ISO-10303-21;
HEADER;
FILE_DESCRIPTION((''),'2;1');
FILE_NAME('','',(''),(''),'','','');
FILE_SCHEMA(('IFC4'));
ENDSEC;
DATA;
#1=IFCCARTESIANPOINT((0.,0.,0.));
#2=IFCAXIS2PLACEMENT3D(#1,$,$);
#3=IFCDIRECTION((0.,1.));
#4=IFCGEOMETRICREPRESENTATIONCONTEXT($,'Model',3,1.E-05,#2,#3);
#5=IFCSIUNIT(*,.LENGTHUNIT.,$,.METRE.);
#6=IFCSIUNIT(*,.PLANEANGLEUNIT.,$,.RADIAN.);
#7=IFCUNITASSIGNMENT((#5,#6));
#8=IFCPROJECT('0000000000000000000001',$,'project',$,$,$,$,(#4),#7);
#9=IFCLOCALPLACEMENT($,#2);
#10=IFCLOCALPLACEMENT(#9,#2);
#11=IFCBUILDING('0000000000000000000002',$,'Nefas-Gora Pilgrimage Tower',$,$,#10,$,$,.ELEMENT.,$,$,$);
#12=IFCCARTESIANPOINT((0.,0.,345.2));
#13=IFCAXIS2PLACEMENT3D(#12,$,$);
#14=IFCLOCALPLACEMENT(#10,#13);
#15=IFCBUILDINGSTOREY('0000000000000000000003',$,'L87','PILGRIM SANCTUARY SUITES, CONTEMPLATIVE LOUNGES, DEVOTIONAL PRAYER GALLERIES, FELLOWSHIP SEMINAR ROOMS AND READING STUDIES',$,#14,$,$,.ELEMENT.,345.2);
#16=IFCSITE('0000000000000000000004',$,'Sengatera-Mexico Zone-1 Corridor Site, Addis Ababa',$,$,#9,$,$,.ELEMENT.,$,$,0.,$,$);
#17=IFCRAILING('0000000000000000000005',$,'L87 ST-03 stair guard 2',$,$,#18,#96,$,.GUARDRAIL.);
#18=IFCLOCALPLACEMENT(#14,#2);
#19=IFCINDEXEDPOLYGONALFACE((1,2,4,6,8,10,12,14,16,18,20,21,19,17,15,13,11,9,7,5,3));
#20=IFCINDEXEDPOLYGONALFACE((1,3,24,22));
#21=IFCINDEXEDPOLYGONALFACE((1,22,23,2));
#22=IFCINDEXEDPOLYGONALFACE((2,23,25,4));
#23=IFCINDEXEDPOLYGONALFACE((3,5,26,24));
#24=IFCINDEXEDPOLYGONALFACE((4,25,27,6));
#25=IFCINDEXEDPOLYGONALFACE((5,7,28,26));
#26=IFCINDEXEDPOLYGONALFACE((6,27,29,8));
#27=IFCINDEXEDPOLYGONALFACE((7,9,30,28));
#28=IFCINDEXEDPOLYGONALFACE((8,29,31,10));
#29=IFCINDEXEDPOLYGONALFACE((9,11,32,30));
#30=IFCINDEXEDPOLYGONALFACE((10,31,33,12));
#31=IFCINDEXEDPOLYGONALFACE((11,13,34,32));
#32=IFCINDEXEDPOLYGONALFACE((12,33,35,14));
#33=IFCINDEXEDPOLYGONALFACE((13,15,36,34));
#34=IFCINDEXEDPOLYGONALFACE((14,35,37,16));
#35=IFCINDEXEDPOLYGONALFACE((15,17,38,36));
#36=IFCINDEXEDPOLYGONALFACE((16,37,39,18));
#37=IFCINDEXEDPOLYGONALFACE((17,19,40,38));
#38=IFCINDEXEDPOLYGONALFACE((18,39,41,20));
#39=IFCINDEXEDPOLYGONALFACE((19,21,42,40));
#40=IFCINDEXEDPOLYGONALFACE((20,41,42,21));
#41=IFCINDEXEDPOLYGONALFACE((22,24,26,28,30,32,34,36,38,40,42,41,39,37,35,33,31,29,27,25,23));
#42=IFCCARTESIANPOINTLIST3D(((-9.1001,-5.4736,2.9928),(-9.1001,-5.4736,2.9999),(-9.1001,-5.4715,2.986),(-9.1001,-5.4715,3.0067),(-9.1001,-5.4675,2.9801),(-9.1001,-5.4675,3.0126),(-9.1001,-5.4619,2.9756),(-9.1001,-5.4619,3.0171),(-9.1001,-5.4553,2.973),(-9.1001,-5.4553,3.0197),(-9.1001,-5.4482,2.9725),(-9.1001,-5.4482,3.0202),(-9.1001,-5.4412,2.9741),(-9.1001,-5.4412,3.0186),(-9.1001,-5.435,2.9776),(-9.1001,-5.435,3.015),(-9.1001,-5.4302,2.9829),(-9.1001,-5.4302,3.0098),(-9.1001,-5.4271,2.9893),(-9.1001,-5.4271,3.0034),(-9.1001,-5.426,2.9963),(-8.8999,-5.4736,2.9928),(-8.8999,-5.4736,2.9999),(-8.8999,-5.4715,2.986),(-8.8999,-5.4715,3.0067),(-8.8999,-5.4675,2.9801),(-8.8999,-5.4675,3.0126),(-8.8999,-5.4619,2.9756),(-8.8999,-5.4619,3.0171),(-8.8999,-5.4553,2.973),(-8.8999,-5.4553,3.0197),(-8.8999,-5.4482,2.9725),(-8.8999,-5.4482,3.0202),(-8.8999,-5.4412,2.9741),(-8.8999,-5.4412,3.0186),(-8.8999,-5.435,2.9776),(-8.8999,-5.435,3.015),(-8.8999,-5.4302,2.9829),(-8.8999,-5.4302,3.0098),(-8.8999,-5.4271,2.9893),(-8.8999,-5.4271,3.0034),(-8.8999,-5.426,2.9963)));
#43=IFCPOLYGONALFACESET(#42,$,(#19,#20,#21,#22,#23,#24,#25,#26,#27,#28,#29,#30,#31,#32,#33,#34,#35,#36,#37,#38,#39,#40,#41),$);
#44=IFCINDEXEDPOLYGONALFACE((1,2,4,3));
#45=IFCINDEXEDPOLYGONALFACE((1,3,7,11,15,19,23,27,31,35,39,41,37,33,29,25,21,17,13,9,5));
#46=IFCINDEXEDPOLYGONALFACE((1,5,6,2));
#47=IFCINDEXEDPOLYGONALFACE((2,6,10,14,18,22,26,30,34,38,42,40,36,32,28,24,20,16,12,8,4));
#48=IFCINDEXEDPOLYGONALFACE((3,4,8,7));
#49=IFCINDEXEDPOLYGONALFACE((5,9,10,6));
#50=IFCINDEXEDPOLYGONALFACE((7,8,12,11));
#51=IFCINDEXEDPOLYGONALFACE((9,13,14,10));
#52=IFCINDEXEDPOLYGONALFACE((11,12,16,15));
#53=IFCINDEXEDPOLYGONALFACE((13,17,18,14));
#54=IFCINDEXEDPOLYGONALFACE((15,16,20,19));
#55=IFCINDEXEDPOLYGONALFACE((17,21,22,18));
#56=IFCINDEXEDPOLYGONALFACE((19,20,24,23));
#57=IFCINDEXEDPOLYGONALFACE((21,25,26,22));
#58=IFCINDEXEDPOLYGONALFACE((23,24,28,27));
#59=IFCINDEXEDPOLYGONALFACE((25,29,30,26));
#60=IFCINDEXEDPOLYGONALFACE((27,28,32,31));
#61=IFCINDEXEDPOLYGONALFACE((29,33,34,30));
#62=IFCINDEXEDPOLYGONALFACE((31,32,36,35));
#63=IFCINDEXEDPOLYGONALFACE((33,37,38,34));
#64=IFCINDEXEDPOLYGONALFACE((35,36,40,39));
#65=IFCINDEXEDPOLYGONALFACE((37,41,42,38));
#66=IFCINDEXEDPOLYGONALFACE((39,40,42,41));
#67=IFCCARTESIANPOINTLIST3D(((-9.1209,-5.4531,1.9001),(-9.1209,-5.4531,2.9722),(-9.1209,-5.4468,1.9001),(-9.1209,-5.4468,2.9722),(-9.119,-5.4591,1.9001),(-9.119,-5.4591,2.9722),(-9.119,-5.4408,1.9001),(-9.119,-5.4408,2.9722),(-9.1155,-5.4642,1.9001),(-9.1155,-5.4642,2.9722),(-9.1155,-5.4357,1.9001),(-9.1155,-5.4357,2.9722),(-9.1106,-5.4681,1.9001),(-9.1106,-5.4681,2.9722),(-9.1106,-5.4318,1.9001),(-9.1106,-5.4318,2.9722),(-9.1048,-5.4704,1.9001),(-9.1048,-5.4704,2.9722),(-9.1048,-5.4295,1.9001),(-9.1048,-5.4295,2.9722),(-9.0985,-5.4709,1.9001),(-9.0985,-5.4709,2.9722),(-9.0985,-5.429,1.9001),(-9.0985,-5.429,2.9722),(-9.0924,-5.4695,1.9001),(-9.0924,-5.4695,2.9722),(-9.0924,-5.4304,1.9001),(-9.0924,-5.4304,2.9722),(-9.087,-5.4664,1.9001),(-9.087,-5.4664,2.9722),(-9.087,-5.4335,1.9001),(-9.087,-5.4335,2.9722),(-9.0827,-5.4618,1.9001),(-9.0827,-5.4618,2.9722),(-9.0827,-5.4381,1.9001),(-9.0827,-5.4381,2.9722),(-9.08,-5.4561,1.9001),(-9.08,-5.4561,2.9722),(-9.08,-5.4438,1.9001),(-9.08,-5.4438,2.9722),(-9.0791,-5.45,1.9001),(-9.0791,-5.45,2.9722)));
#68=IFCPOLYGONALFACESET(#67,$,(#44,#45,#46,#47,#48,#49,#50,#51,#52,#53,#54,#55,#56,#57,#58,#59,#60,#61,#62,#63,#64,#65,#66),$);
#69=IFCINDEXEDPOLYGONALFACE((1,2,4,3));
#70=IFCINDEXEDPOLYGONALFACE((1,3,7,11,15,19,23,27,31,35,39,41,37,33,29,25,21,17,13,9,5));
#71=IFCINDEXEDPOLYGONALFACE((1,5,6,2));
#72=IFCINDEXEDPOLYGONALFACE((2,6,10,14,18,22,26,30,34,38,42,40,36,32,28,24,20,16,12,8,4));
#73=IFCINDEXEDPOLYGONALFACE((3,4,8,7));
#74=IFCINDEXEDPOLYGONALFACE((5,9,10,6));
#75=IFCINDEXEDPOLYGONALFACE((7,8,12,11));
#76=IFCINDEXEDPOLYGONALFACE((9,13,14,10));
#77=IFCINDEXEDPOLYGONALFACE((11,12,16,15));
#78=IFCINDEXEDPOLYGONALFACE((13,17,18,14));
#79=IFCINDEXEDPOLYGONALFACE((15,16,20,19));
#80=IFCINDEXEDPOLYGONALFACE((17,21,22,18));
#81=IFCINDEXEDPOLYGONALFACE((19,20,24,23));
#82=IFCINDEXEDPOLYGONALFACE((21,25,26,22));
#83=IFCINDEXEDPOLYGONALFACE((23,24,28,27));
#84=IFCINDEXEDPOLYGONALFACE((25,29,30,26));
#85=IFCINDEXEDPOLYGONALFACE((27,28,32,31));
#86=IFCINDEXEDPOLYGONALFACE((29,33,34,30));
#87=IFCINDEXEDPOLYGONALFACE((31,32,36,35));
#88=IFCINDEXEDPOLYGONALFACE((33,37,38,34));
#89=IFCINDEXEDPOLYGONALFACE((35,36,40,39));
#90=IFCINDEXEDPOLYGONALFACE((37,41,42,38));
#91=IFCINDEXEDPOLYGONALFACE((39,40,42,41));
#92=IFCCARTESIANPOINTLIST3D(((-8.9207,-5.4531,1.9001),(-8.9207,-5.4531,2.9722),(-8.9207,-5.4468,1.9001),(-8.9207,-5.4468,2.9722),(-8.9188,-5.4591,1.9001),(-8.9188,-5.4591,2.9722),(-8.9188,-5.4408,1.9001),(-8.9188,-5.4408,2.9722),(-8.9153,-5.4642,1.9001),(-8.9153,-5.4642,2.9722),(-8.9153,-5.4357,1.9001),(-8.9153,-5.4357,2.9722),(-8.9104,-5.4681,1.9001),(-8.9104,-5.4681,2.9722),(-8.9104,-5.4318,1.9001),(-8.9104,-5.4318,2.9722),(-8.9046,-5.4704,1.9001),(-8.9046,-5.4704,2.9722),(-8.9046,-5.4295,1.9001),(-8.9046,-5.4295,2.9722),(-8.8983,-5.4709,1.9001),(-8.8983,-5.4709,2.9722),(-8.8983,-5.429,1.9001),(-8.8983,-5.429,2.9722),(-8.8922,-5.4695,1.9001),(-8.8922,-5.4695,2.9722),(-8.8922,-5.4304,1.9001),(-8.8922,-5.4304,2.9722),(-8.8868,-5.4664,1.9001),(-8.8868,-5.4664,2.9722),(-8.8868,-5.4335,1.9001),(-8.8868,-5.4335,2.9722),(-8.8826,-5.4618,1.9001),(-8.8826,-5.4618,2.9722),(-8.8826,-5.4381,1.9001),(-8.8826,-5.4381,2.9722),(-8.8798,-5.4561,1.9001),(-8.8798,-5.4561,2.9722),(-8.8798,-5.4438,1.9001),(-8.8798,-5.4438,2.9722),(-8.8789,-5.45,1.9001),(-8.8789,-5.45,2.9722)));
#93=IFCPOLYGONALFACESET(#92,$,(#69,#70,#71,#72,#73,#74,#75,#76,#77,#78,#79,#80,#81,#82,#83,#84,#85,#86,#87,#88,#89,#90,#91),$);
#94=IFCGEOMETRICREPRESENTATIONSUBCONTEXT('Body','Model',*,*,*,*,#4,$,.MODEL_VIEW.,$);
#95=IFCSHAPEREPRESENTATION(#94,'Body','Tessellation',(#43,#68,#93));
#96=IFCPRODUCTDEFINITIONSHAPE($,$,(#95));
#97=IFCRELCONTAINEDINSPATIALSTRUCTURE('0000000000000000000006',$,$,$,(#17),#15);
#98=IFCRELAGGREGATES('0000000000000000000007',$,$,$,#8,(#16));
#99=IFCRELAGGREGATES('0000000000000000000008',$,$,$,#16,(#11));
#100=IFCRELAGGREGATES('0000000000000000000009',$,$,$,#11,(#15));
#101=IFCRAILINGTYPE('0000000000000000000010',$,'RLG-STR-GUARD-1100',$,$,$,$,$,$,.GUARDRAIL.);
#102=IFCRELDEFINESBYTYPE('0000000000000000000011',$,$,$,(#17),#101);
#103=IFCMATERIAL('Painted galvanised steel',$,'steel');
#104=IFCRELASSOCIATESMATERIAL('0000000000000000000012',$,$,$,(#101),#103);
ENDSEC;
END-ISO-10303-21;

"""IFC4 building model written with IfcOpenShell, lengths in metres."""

from ifc_helpers import new_model, si_unit, direction, frame, origin, origin_2d, place, context, subcontext, project, spatial, circle, extrude, material, type_object, element, save


model = new_model("IFC4")

# Units and contexts
model_context = context("Model", 3, precision=1e-05, world=origin(), true_north=direction((0.0, 1.0)))
body_context = subcontext(model_context, "Body", "Model", "MODEL_VIEW")
ifc_project = project(units=[si_unit("LENGTHUNIT", "METRE"), si_unit("PLANEANGLEUNIT", "RADIAN")], contexts=[model_context])

# Site, building, storey
site_placement = place(None, origin())
site = spatial("IfcSite", under=ifc_project, at=site_placement, Name="Sengatera-Mexico Zone-1 Corridor Site, Addis Ababa", CompositionType="ELEMENT", RefElevation=0.0)
building_placement = place(site_placement, origin())
building = spatial("IfcBuilding", under=site, at=building_placement, Name="Nefas-Gora Pilgrimage Tower", CompositionType="ELEMENT")
storey_placement = place(building_placement, frame((0.0, 0.0, 345.2)))
storey = spatial("IfcBuildingStorey", under=building, at=storey_placement, Name="L87", Description="PILGRIM SANCTUARY SUITES, CONTEMPLATIVE LOUNGES, DEVOTIONAL PRAYER GALLERIES, FELLOWSHIP SEMINAR ROOMS AND READING STUDIES", CompositionType="ELEMENT", Elevation=345.2)

# Railing
ifc_material_1 = material(Name="Painted galvanised steel", Category="steel")
railing_type_1 = type_object("IfcRailingType", Name="RLG-STR-GUARD-1100", PredefinedType="GUARDRAIL", material=ifc_material_1)
railing_1_placement = place(storey_placement, frame((-9.1001, -5.45, 1.9001)))
element("IfcRailing", 1, at=railing_1_placement, inside=storey, type_object=railing_type_1, Name="L87 ST-03 stair guard 2", PredefinedType="GUARDRAIL", context=body_context, shape_type="SweptSolid", body=[
    extrude(circle(Radius=0.0239, at=origin_2d()), frame((0.0, 0.0, 1.0962), z_axis=(1.0, 0.0, 0.0), x_axis=(0.0, 1.0, 0.0)), (0.0, 0.0, 1.0), 0.2002),
    extrude(circle(Radius=0.021, at=origin_2d()), origin(), (0.0, 0.0, 1.0), 1.072),
    extrude(circle(Radius=0.021, at=origin_2d()), frame((0.2002, 0.0, 0.0)), (0.0, 0.0, 1.0), 1.072),
])

save(model, "model.ifc")
